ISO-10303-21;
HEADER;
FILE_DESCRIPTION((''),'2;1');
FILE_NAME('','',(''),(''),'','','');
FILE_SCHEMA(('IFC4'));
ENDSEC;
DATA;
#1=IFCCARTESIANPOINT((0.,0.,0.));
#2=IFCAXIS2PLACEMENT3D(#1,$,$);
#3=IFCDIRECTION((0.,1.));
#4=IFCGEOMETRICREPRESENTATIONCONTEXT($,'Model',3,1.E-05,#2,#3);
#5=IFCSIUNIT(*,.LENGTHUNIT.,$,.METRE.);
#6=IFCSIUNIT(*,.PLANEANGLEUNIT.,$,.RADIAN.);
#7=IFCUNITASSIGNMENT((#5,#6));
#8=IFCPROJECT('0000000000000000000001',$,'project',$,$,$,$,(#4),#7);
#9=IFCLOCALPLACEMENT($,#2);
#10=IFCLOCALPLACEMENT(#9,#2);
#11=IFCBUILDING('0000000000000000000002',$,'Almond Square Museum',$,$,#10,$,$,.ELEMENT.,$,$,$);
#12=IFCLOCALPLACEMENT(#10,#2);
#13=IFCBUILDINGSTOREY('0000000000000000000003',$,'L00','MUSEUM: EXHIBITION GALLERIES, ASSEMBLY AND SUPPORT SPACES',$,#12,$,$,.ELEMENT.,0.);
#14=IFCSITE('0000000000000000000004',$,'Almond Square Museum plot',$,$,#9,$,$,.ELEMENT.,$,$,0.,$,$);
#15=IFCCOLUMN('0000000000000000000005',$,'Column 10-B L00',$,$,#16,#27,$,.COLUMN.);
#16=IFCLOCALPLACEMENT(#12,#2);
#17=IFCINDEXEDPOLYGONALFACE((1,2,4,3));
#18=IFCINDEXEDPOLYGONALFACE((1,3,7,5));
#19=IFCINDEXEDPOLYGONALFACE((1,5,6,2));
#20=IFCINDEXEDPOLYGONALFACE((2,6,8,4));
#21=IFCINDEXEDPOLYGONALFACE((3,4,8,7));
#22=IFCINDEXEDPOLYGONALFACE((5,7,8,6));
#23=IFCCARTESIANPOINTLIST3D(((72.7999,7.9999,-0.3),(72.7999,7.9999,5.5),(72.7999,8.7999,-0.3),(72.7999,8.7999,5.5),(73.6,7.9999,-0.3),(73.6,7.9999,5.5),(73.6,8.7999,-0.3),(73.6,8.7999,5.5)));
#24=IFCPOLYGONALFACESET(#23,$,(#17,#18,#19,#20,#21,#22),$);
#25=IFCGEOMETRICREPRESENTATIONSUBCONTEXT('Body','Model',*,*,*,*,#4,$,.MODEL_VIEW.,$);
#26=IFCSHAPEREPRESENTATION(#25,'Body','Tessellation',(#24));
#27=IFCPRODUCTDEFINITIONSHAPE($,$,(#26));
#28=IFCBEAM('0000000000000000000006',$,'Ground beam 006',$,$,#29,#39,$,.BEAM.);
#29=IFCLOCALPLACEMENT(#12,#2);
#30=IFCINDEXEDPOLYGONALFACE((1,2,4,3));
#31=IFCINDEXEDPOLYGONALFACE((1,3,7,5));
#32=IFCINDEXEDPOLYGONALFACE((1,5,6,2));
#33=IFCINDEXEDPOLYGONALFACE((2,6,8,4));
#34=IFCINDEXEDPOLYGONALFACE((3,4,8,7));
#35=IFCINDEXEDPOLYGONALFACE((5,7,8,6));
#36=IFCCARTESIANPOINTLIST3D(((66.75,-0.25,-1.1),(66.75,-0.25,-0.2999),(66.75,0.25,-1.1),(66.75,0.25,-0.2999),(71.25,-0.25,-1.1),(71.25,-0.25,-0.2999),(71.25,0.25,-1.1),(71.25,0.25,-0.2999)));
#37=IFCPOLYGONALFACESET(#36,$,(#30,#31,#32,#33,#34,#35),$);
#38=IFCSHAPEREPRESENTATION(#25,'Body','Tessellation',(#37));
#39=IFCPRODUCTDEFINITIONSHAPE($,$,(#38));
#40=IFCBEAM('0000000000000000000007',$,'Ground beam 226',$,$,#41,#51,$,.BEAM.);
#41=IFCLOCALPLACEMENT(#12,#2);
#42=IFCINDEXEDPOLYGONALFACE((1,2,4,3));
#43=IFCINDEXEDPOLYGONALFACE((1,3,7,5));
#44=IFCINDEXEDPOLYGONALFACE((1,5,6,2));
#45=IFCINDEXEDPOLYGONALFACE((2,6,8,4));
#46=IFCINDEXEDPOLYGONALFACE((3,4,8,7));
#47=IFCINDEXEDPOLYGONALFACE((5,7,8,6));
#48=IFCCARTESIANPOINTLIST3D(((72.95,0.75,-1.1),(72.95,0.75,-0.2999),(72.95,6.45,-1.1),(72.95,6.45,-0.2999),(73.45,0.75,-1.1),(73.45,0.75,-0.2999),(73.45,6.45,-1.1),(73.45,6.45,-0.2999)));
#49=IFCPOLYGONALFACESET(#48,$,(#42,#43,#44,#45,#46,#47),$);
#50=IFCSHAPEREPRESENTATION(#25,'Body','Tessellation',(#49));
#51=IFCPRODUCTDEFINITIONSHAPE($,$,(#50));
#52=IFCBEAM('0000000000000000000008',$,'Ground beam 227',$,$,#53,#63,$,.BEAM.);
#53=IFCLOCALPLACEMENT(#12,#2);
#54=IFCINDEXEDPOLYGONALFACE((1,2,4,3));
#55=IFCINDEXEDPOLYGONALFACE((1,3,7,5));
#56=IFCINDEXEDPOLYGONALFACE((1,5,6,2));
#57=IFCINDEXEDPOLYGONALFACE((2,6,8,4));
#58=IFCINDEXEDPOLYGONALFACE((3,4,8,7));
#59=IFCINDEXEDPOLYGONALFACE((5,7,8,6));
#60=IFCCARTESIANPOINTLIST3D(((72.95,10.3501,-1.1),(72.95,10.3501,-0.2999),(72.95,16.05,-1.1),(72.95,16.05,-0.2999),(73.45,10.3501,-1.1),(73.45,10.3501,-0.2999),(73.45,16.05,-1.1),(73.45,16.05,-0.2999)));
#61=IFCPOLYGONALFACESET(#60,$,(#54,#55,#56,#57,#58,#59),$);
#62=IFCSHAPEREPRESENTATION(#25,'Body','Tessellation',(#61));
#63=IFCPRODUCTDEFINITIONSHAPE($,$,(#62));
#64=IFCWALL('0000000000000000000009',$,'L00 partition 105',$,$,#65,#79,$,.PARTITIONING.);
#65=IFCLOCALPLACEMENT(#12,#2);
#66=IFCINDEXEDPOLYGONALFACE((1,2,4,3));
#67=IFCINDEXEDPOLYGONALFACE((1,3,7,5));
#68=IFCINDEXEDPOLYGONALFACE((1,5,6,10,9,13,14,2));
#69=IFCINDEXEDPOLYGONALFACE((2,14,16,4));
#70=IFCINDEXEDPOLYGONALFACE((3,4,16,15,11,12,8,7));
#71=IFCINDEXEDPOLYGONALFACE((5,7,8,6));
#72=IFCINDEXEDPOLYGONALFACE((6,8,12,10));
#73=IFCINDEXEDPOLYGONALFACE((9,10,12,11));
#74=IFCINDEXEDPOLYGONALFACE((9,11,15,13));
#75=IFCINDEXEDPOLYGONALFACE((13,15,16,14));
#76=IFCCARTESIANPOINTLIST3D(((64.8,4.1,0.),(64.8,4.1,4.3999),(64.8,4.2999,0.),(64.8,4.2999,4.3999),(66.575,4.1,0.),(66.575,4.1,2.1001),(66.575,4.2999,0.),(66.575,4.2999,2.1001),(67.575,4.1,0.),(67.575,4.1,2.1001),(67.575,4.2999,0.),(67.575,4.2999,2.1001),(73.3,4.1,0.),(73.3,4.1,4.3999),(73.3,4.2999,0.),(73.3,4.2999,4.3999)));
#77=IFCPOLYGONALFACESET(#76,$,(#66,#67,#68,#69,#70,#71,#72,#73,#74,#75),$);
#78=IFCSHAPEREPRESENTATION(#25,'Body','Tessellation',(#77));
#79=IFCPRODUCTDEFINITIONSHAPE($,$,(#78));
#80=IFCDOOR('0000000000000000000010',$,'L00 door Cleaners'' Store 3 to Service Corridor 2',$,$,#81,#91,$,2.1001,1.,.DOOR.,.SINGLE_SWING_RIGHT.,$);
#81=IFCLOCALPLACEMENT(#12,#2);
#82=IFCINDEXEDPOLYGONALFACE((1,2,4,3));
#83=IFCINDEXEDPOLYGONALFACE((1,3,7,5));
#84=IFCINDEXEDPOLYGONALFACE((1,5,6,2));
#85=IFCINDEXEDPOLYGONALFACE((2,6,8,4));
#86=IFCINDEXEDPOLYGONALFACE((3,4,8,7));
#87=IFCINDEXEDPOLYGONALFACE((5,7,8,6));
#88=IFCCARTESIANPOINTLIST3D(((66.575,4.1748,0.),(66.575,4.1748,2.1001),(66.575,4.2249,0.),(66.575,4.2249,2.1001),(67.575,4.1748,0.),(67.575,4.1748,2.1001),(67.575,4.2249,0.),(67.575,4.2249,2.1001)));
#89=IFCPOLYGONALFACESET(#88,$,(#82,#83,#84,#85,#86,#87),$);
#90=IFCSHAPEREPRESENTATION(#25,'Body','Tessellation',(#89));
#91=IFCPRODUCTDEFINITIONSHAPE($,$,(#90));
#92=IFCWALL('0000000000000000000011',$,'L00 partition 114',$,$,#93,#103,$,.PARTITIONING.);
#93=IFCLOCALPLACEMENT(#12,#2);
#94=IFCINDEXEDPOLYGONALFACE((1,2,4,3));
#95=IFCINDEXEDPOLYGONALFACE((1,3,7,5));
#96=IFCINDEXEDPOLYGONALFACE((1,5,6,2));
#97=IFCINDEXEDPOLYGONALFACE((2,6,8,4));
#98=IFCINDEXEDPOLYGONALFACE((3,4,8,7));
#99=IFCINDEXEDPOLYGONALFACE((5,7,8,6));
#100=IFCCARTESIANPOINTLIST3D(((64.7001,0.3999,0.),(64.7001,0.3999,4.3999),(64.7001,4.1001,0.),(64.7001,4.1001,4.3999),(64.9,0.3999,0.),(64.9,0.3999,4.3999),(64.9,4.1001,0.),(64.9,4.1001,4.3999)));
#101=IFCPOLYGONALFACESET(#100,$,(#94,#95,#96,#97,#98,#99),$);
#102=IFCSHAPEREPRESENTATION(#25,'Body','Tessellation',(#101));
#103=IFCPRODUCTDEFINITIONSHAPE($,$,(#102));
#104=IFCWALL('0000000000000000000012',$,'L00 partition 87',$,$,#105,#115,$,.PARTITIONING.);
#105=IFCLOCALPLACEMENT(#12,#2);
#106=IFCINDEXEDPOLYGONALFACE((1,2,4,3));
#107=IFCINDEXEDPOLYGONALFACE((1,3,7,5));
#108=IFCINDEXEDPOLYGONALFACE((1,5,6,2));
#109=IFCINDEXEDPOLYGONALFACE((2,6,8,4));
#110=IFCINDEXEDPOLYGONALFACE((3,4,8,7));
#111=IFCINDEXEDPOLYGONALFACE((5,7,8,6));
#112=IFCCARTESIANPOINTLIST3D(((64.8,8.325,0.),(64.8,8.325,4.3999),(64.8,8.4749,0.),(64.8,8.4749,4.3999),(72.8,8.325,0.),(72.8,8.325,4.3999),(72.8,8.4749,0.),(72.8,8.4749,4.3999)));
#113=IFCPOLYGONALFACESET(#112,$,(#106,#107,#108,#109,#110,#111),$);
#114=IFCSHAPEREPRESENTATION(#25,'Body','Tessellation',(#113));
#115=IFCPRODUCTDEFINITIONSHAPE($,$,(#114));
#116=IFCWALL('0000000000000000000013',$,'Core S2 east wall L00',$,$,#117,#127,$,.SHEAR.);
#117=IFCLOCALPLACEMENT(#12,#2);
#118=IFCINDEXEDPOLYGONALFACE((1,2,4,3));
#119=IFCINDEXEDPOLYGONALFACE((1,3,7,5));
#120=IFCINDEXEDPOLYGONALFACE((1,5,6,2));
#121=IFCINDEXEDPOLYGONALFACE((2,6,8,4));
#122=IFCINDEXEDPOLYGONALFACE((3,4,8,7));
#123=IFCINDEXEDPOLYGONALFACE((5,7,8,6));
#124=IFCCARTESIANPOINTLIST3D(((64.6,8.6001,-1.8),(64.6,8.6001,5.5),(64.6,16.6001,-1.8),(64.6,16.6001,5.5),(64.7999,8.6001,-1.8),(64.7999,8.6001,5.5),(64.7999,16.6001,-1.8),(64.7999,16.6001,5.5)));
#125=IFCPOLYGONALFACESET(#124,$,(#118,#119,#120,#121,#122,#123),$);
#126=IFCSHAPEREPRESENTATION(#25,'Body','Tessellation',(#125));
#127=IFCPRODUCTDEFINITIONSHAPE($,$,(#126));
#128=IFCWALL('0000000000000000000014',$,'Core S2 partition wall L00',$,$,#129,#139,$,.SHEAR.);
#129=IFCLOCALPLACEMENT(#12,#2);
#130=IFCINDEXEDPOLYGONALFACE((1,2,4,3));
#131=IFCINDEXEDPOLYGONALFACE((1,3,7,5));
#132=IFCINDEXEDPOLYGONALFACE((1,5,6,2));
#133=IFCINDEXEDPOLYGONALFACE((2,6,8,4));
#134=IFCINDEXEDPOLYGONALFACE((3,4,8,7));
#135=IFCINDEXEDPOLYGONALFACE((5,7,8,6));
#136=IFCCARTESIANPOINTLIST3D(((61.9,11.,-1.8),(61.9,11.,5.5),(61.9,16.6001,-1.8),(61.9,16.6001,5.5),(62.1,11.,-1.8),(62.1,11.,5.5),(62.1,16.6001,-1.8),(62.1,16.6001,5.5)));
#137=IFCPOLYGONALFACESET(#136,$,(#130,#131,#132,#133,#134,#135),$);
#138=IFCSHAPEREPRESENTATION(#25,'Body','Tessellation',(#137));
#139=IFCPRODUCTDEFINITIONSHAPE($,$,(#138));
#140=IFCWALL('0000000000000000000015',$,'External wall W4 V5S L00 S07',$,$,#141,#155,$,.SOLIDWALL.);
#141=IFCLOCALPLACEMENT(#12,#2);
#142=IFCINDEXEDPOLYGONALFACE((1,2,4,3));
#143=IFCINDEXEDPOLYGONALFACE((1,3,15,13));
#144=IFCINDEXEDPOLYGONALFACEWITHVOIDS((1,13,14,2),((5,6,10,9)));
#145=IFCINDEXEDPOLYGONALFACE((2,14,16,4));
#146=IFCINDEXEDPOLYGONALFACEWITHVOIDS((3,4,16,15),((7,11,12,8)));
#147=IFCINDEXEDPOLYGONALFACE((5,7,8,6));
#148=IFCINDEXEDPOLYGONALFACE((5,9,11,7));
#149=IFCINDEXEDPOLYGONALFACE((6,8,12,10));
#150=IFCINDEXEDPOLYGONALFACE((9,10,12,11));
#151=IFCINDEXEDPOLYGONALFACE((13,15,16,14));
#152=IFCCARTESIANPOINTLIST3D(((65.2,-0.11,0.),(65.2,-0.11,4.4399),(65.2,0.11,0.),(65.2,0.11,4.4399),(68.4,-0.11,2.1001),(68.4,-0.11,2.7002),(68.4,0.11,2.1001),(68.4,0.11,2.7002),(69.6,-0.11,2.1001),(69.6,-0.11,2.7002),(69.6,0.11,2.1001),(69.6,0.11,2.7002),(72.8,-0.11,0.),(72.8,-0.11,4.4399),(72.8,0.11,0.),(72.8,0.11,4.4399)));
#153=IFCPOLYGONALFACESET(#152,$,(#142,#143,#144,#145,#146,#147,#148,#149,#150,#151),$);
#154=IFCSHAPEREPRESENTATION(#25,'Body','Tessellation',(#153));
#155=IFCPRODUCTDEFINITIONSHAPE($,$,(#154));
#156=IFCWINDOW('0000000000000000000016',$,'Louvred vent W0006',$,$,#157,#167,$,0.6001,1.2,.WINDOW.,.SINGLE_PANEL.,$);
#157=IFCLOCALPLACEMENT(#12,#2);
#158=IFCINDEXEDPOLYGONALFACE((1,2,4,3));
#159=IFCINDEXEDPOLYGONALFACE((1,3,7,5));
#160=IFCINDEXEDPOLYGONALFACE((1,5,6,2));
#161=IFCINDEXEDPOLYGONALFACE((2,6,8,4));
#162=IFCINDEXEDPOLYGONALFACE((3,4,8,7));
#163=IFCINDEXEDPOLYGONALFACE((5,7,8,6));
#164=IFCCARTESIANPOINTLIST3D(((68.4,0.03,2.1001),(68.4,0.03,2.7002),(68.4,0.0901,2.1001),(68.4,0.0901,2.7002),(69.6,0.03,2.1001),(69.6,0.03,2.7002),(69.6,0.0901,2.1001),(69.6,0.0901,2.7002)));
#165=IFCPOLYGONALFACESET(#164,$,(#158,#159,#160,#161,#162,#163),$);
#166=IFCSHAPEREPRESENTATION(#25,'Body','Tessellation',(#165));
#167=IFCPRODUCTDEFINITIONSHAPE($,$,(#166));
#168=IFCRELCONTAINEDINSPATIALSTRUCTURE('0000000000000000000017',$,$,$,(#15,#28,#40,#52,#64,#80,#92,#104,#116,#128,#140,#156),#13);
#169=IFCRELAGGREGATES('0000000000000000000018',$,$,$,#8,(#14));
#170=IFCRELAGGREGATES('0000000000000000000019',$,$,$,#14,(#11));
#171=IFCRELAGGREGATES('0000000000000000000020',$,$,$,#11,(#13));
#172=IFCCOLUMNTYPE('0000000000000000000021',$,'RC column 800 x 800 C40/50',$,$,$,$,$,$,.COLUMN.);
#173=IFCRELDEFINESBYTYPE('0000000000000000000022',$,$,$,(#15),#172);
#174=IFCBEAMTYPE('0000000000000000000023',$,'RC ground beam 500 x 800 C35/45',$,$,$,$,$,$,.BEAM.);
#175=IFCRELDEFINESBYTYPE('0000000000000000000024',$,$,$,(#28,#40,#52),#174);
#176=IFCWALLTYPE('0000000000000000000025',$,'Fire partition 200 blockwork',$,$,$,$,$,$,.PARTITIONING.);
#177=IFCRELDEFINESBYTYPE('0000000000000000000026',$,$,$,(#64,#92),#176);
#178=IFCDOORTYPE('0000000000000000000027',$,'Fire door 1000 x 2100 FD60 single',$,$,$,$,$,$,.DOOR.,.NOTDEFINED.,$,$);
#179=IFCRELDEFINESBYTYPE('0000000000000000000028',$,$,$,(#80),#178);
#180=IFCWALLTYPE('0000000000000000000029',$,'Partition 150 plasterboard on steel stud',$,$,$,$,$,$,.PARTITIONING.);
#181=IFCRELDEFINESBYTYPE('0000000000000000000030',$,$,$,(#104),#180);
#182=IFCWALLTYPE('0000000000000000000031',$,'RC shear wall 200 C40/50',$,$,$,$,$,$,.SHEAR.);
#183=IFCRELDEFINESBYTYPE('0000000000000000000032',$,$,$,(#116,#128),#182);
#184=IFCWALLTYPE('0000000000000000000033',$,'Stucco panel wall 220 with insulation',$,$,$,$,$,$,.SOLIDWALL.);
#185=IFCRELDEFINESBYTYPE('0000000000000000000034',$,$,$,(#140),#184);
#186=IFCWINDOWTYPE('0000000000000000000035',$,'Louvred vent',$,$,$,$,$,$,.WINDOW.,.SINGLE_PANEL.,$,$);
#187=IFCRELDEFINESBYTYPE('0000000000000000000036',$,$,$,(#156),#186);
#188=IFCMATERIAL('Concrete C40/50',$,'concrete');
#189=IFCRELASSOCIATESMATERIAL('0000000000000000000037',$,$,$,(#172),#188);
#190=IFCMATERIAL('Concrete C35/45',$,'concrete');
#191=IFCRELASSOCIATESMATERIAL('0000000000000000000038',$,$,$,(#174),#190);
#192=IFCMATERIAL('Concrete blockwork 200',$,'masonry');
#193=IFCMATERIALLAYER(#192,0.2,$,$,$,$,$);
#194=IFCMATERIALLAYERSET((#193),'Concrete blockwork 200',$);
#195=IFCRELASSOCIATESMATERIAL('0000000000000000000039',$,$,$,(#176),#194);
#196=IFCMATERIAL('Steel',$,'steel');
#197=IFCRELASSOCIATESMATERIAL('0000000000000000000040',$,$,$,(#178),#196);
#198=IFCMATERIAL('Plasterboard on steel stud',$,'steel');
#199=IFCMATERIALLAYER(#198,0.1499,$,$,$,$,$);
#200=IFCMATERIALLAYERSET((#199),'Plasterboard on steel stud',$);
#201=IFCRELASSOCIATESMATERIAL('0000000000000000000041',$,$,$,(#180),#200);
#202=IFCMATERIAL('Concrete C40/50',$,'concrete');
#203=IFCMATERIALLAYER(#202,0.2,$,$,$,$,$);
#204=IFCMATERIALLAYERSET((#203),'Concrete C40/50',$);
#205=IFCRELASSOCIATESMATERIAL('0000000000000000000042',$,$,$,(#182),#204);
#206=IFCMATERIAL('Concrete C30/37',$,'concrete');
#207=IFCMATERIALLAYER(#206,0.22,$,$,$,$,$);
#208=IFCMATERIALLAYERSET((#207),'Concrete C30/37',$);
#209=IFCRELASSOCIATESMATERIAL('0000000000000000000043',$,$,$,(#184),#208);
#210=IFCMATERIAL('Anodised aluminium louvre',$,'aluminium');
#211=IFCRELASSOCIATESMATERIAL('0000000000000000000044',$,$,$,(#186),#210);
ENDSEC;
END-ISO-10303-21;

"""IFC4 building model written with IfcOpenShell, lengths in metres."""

from ifc_helpers import new_model, si_unit, direction, frame, frame_2d, origin, origin_2d, place, context, subcontext, project, spatial, rectangle, extrude, material, layer, layer_set, material_profile, profile_set, type_object, element, fill, save


model = new_model("IFC4")

# Units and contexts
model_context = context("Model", 3, precision=1e-05, world=origin(), true_north=direction((0.0, 1.0)))
body_context = subcontext(model_context, "Body", "Model", "MODEL_VIEW")
ifc_project = project(units=[si_unit("LENGTHUNIT", "METRE"), si_unit("PLANEANGLEUNIT", "RADIAN")], contexts=[model_context])

# Site, building, storey
site_placement = place(None, origin())
site = spatial("IfcSite", under=ifc_project, at=site_placement, Name="Almond Square Museum plot", CompositionType="ELEMENT", RefElevation=0.0)
building_placement = place(site_placement, origin())
building = spatial("IfcBuilding", under=site, at=building_placement, Name="Almond Square Museum", CompositionType="ELEMENT")
storey_placement = place(building_placement, origin())
storey = spatial("IfcBuildingStorey", under=building, at=storey_placement, Name="L00", Description="MUSEUM: EXHIBITION GALLERIES, ASSEMBLY AND SUPPORT SPACES", CompositionType="ELEMENT", Elevation=0.0)

# Column
ifc_material_1 = material(Name="Concrete C40/50", Category="concrete")
ifc_material_profile_1 = material_profile(ifc_material_1, rectangle(XDim=0.8, YDim=0.8, at=origin_2d()))
ifc_profile_set_1 = profile_set([ifc_material_profile_1], Name="Concrete C40/50")
column_type = type_object("IfcColumnType", Name="RC column 800 x 800 C40/50", PredefinedType="COLUMN", material=ifc_profile_set_1)
for number, where, z_axis, x_axis, name in (
    (1, (73.2, 8.3999, -0.3), (0.0, 0.0, 1.0), (1.0, 0.0, 0.0), "Column 10-B L00"),
):
    element("IfcColumn", number, at=place(storey_placement, frame(where, z_axis=z_axis, x_axis=x_axis)), inside=storey, type_object=column_type, Name=name, PredefinedType="COLUMN", context=body_context, shape_type="SweptSolid", body=[
        extrude(rectangle(XDim=0.8, YDim=0.8, at=origin_2d()), origin(), (0.0, 0.0, 1.0), 5.8),
    ])

# Beams
ifc_material_2 = material(Name="Concrete C35/45", Category="concrete")
ifc_material_profile_2 = material_profile(ifc_material_2, rectangle(XDim=0.5, YDim=0.8, at=origin_2d()))
ifc_profile_set_2 = profile_set([ifc_material_profile_2], Name="Concrete C35/45")
beam_type = type_object("IfcBeamType", Name="RC ground beam 500 x 800 C35/45", PredefinedType="BEAM", material=ifc_profile_set_2)
beam_placement = place(storey_placement, frame((66.75, 0.0, -0.7), z_axis=(1.0, 0.0, 0.0), x_axis=(0.0, 1.0, 0.0)))
element("IfcBeam", 2, at=beam_placement, inside=storey, type_object=beam_type, Name="Ground beam 006", PredefinedType="BEAM", context=body_context, shape_type="SweptSolid", body=[
    extrude(rectangle(XDim=0.5, YDim=0.8, at=origin_2d()), origin(), (0.0, 0.0, 1.0), 4.5),
])
for number, where, z_axis, x_axis, name in (
    (3, (73.2, 0.75, -0.7), (0.0, 1.0, 0.0), (-1.0, 0.0, 0.0), "Ground beam 226"),
    (4, (73.2, 10.3501, -0.7), (0.0, 1.0, 0.0), (-1.0, 0.0, 0.0), "Ground beam 227"),
):
    element("IfcBeam", number, at=place(storey_placement, frame(where, z_axis=z_axis, x_axis=x_axis)), inside=storey, type_object=beam_type, Name=name, PredefinedType="BEAM", context=body_context, shape_type="SweptSolid", body=[
        extrude(rectangle(XDim=0.5, YDim=0.8, at=origin_2d()), origin(), (0.0, 0.0, 1.0), 5.7),
    ])

# Wall, opening, door
ifc_material_3 = material(Name="Concrete blockwork 200", Category="masonry")
ifc_layer_1 = layer(ifc_material_3, 0.2)
ifc_layer_set_1 = layer_set([ifc_layer_1], Name="Concrete blockwork 200")
wall_type_1 = type_object("IfcWallType", Name="Fire partition 200 blockwork", PredefinedType="PARTITIONING", material=ifc_layer_set_1)
wall_1_placement = place(storey_placement, frame((64.8, 4.2, 0.0), z_axis=(0.0, 0.0, 1.0), x_axis=(1.0, 0.0, 0.0)))
wall_1 = element("IfcWall", 5, at=wall_1_placement, inside=storey, type_object=wall_type_1, Name="L00 partition 105", PredefinedType="PARTITIONING", context=body_context, shape_type="SweptSolid", body=[
    extrude(rectangle(XDim=8.5, YDim=0.2, at=frame_2d((4.25, 0.0))), origin(), (0.0, 0.0, 1.0), 4.3999),
])
opening_1_placement = place(wall_1_placement, frame((1.7749, 0.0, 0.0)))
opening_1 = element("IfcOpeningElement", 6, at=opening_1_placement, cuts=wall_1, PredefinedType="OPENING", context=body_context, shape_type="SweptSolid", body=[
    extrude(rectangle(XDim=1.0, YDim=2.1001, at=frame_2d((0.5, 1.05))), frame((0.0, 0.1099, 0.0), z_axis=(0.0, -1.0, 0.0), x_axis=(1.0, 0.0, 0.0)), (0.0, 0.0, 1.0), 0.22),
])
ifc_material_4 = material(Name="Steel", Category="steel")
door_type = type_object("IfcDoorType", Name="Fire door 1000 x 2100 FD60 single", OperationType="NOTDEFINED", PredefinedType="DOOR", material=ifc_material_4)
door_placement = place(opening_1_placement, origin())
door = element("IfcDoor", 7, at=door_placement, inside=storey, type_object=door_type, Name="L00 door Cleaners' Store 3 to Service Corridor 2", OperationType="SINGLE_SWING_RIGHT", OverallHeight=2.1001, OverallWidth=1.0, PredefinedType="DOOR", context=body_context, shape_type="SweptSolid", body=[
    extrude(rectangle(XDim=1.0, YDim=2.1001, at=frame_2d((0.5, 1.05))), frame((0.0, 0.0249, 0.0), z_axis=(0.0, -1.0, 0.0), x_axis=(1.0, 0.0, 0.0)), (0.0, 0.0, 1.0), 0.05),
])
fill(opening_1, door)

# Walls
wall_2_placement = place(storey_placement, frame((64.8, 0.3999, 0.0), z_axis=(0.0, 0.0, 1.0), x_axis=(0.0, 1.0, 0.0)))
element("IfcWall", 8, at=wall_2_placement, inside=storey, type_object=wall_type_1, Name="L00 partition 114", PredefinedType="PARTITIONING", context=body_context, shape_type="SweptSolid", body=[
    extrude(rectangle(XDim=3.7002, YDim=0.2, at=frame_2d((1.8501, 0.0))), origin(), (0.0, 0.0, 1.0), 4.3999),
])
ifc_material_5 = material(Name="Plasterboard on steel stud", Category="steel")
ifc_layer_2 = layer(ifc_material_5, 0.1499)
ifc_layer_set_2 = layer_set([ifc_layer_2], Name="Plasterboard on steel stud")
wall_type_2 = type_object("IfcWallType", Name="Partition 150 plasterboard on steel stud", PredefinedType="PARTITIONING", material=ifc_layer_set_2)
wall_3_placement = place(storey_placement, frame((64.8, 8.3999, 0.0), z_axis=(0.0, 0.0, 1.0), x_axis=(1.0, 0.0, 0.0)))
element("IfcWall", 9, at=wall_3_placement, inside=storey, type_object=wall_type_2, Name="L00 partition 87", PredefinedType="PARTITIONING", context=body_context, shape_type="SweptSolid", body=[
    extrude(rectangle(XDim=8.0, YDim=0.1499, at=frame_2d((4.0, 0.0))), origin(), (0.0, 0.0, 1.0), 4.3999),
])
ifc_material_6 = material(Name="Concrete C40/50", Category="concrete")
ifc_layer_3 = layer(ifc_material_6, 0.2)
ifc_layer_set_3 = layer_set([ifc_layer_3], Name="Concrete C40/50")
wall_type_3 = type_object("IfcWallType", Name="RC shear wall 200 C40/50", PredefinedType="SHEAR", material=ifc_layer_set_3)
wall_4_placement = place(storey_placement, frame((64.7, 8.6001, -1.8), z_axis=(0.0, 0.0, 1.0), x_axis=(0.0, 1.0, 0.0)))
element("IfcWall", 10, at=wall_4_placement, inside=storey, type_object=wall_type_3, Name="Core S2 east wall L00", PredefinedType="SHEAR", context=body_context, shape_type="SweptSolid", body=[
    extrude(rectangle(XDim=8.0, YDim=0.2, at=frame_2d((4.0, 0.0))), origin(), (0.0, 0.0, 1.0), 7.3),
])
wall_5_placement = place(storey_placement, frame((62.0, 11.0, -1.8), z_axis=(0.0, 0.0, 1.0), x_axis=(0.0, 1.0, 0.0)))
element("IfcWall", 11, at=wall_5_placement, inside=storey, type_object=wall_type_3, Name="Core S2 partition wall L00", PredefinedType="SHEAR", context=body_context, shape_type="SweptSolid", body=[
    extrude(rectangle(XDim=5.6001, YDim=0.2, at=frame_2d((2.8, 0.0))), origin(), (0.0, 0.0, 1.0), 7.3),
])

# Wall, opening, window
ifc_material_7 = material(Name="Concrete C30/37", Category="concrete")
ifc_layer_4 = layer(ifc_material_7, 0.22)
ifc_layer_set_4 = layer_set([ifc_layer_4], Name="Concrete C30/37")
wall_type_4 = type_object("IfcWallType", Name="Stucco panel wall 220 with insulation", PredefinedType="SOLIDWALL", material=ifc_layer_set_4)
wall_6_placement = place(storey_placement, frame((65.2, 0.0, 0.0), z_axis=(0.0, 0.0, 1.0), x_axis=(1.0, 0.0, 0.0)))
wall_6 = element("IfcWall", 12, at=wall_6_placement, inside=storey, type_object=wall_type_4, Name="External wall W4 V5S L00 S07", PredefinedType="SOLIDWALL", context=body_context, shape_type="SweptSolid", body=[
    extrude(rectangle(XDim=7.6001, YDim=0.22, at=frame_2d((3.8, 0.0))), origin(), (0.0, 0.0, 1.0), 4.4399),
])
opening_2_placement = place(wall_6_placement, frame((3.2, 0.0, 2.1001)))
opening_2 = element("IfcOpeningElement", 13, at=opening_2_placement, cuts=wall_6, PredefinedType="OPENING", context=body_context, shape_type="SweptSolid", body=[
    extrude(rectangle(XDim=1.2, YDim=0.6001, at=frame_2d((0.6001, 0.3))), frame((0.0, 0.1199, 0.0), z_axis=(0.0, -1.0, 0.0), x_axis=(1.0, 0.0, 0.0)), (0.0, 0.0, 1.0), 0.24),
])
ifc_material_8 = material(Name="Anodised aluminium louvre", Category="aluminium")
window_type = type_object("IfcWindowType", Name="Louvred vent", PartitioningType="SINGLE_PANEL", PredefinedType="WINDOW", material=ifc_material_8)
window_placement = place(opening_2_placement, origin())
window = element("IfcWindow", 14, at=window_placement, inside=storey, type_object=window_type, Name="Louvred vent W0006", OverallHeight=0.6001, OverallWidth=1.2, PartitioningType="SINGLE_PANEL", PredefinedType="WINDOW", context=body_context, shape_type="SweptSolid", body=[
    extrude(rectangle(XDim=1.2, YDim=0.6001, at=frame_2d((0.6001, 0.3))), frame((0.0, 0.0901, 0.0), z_axis=(0.0, -1.0, 0.0), x_axis=(1.0, 0.0, 0.0)), (0.0, 0.0, 1.0), 0.0601),
])
fill(opening_2, window)

save(model, "model.ifc")
